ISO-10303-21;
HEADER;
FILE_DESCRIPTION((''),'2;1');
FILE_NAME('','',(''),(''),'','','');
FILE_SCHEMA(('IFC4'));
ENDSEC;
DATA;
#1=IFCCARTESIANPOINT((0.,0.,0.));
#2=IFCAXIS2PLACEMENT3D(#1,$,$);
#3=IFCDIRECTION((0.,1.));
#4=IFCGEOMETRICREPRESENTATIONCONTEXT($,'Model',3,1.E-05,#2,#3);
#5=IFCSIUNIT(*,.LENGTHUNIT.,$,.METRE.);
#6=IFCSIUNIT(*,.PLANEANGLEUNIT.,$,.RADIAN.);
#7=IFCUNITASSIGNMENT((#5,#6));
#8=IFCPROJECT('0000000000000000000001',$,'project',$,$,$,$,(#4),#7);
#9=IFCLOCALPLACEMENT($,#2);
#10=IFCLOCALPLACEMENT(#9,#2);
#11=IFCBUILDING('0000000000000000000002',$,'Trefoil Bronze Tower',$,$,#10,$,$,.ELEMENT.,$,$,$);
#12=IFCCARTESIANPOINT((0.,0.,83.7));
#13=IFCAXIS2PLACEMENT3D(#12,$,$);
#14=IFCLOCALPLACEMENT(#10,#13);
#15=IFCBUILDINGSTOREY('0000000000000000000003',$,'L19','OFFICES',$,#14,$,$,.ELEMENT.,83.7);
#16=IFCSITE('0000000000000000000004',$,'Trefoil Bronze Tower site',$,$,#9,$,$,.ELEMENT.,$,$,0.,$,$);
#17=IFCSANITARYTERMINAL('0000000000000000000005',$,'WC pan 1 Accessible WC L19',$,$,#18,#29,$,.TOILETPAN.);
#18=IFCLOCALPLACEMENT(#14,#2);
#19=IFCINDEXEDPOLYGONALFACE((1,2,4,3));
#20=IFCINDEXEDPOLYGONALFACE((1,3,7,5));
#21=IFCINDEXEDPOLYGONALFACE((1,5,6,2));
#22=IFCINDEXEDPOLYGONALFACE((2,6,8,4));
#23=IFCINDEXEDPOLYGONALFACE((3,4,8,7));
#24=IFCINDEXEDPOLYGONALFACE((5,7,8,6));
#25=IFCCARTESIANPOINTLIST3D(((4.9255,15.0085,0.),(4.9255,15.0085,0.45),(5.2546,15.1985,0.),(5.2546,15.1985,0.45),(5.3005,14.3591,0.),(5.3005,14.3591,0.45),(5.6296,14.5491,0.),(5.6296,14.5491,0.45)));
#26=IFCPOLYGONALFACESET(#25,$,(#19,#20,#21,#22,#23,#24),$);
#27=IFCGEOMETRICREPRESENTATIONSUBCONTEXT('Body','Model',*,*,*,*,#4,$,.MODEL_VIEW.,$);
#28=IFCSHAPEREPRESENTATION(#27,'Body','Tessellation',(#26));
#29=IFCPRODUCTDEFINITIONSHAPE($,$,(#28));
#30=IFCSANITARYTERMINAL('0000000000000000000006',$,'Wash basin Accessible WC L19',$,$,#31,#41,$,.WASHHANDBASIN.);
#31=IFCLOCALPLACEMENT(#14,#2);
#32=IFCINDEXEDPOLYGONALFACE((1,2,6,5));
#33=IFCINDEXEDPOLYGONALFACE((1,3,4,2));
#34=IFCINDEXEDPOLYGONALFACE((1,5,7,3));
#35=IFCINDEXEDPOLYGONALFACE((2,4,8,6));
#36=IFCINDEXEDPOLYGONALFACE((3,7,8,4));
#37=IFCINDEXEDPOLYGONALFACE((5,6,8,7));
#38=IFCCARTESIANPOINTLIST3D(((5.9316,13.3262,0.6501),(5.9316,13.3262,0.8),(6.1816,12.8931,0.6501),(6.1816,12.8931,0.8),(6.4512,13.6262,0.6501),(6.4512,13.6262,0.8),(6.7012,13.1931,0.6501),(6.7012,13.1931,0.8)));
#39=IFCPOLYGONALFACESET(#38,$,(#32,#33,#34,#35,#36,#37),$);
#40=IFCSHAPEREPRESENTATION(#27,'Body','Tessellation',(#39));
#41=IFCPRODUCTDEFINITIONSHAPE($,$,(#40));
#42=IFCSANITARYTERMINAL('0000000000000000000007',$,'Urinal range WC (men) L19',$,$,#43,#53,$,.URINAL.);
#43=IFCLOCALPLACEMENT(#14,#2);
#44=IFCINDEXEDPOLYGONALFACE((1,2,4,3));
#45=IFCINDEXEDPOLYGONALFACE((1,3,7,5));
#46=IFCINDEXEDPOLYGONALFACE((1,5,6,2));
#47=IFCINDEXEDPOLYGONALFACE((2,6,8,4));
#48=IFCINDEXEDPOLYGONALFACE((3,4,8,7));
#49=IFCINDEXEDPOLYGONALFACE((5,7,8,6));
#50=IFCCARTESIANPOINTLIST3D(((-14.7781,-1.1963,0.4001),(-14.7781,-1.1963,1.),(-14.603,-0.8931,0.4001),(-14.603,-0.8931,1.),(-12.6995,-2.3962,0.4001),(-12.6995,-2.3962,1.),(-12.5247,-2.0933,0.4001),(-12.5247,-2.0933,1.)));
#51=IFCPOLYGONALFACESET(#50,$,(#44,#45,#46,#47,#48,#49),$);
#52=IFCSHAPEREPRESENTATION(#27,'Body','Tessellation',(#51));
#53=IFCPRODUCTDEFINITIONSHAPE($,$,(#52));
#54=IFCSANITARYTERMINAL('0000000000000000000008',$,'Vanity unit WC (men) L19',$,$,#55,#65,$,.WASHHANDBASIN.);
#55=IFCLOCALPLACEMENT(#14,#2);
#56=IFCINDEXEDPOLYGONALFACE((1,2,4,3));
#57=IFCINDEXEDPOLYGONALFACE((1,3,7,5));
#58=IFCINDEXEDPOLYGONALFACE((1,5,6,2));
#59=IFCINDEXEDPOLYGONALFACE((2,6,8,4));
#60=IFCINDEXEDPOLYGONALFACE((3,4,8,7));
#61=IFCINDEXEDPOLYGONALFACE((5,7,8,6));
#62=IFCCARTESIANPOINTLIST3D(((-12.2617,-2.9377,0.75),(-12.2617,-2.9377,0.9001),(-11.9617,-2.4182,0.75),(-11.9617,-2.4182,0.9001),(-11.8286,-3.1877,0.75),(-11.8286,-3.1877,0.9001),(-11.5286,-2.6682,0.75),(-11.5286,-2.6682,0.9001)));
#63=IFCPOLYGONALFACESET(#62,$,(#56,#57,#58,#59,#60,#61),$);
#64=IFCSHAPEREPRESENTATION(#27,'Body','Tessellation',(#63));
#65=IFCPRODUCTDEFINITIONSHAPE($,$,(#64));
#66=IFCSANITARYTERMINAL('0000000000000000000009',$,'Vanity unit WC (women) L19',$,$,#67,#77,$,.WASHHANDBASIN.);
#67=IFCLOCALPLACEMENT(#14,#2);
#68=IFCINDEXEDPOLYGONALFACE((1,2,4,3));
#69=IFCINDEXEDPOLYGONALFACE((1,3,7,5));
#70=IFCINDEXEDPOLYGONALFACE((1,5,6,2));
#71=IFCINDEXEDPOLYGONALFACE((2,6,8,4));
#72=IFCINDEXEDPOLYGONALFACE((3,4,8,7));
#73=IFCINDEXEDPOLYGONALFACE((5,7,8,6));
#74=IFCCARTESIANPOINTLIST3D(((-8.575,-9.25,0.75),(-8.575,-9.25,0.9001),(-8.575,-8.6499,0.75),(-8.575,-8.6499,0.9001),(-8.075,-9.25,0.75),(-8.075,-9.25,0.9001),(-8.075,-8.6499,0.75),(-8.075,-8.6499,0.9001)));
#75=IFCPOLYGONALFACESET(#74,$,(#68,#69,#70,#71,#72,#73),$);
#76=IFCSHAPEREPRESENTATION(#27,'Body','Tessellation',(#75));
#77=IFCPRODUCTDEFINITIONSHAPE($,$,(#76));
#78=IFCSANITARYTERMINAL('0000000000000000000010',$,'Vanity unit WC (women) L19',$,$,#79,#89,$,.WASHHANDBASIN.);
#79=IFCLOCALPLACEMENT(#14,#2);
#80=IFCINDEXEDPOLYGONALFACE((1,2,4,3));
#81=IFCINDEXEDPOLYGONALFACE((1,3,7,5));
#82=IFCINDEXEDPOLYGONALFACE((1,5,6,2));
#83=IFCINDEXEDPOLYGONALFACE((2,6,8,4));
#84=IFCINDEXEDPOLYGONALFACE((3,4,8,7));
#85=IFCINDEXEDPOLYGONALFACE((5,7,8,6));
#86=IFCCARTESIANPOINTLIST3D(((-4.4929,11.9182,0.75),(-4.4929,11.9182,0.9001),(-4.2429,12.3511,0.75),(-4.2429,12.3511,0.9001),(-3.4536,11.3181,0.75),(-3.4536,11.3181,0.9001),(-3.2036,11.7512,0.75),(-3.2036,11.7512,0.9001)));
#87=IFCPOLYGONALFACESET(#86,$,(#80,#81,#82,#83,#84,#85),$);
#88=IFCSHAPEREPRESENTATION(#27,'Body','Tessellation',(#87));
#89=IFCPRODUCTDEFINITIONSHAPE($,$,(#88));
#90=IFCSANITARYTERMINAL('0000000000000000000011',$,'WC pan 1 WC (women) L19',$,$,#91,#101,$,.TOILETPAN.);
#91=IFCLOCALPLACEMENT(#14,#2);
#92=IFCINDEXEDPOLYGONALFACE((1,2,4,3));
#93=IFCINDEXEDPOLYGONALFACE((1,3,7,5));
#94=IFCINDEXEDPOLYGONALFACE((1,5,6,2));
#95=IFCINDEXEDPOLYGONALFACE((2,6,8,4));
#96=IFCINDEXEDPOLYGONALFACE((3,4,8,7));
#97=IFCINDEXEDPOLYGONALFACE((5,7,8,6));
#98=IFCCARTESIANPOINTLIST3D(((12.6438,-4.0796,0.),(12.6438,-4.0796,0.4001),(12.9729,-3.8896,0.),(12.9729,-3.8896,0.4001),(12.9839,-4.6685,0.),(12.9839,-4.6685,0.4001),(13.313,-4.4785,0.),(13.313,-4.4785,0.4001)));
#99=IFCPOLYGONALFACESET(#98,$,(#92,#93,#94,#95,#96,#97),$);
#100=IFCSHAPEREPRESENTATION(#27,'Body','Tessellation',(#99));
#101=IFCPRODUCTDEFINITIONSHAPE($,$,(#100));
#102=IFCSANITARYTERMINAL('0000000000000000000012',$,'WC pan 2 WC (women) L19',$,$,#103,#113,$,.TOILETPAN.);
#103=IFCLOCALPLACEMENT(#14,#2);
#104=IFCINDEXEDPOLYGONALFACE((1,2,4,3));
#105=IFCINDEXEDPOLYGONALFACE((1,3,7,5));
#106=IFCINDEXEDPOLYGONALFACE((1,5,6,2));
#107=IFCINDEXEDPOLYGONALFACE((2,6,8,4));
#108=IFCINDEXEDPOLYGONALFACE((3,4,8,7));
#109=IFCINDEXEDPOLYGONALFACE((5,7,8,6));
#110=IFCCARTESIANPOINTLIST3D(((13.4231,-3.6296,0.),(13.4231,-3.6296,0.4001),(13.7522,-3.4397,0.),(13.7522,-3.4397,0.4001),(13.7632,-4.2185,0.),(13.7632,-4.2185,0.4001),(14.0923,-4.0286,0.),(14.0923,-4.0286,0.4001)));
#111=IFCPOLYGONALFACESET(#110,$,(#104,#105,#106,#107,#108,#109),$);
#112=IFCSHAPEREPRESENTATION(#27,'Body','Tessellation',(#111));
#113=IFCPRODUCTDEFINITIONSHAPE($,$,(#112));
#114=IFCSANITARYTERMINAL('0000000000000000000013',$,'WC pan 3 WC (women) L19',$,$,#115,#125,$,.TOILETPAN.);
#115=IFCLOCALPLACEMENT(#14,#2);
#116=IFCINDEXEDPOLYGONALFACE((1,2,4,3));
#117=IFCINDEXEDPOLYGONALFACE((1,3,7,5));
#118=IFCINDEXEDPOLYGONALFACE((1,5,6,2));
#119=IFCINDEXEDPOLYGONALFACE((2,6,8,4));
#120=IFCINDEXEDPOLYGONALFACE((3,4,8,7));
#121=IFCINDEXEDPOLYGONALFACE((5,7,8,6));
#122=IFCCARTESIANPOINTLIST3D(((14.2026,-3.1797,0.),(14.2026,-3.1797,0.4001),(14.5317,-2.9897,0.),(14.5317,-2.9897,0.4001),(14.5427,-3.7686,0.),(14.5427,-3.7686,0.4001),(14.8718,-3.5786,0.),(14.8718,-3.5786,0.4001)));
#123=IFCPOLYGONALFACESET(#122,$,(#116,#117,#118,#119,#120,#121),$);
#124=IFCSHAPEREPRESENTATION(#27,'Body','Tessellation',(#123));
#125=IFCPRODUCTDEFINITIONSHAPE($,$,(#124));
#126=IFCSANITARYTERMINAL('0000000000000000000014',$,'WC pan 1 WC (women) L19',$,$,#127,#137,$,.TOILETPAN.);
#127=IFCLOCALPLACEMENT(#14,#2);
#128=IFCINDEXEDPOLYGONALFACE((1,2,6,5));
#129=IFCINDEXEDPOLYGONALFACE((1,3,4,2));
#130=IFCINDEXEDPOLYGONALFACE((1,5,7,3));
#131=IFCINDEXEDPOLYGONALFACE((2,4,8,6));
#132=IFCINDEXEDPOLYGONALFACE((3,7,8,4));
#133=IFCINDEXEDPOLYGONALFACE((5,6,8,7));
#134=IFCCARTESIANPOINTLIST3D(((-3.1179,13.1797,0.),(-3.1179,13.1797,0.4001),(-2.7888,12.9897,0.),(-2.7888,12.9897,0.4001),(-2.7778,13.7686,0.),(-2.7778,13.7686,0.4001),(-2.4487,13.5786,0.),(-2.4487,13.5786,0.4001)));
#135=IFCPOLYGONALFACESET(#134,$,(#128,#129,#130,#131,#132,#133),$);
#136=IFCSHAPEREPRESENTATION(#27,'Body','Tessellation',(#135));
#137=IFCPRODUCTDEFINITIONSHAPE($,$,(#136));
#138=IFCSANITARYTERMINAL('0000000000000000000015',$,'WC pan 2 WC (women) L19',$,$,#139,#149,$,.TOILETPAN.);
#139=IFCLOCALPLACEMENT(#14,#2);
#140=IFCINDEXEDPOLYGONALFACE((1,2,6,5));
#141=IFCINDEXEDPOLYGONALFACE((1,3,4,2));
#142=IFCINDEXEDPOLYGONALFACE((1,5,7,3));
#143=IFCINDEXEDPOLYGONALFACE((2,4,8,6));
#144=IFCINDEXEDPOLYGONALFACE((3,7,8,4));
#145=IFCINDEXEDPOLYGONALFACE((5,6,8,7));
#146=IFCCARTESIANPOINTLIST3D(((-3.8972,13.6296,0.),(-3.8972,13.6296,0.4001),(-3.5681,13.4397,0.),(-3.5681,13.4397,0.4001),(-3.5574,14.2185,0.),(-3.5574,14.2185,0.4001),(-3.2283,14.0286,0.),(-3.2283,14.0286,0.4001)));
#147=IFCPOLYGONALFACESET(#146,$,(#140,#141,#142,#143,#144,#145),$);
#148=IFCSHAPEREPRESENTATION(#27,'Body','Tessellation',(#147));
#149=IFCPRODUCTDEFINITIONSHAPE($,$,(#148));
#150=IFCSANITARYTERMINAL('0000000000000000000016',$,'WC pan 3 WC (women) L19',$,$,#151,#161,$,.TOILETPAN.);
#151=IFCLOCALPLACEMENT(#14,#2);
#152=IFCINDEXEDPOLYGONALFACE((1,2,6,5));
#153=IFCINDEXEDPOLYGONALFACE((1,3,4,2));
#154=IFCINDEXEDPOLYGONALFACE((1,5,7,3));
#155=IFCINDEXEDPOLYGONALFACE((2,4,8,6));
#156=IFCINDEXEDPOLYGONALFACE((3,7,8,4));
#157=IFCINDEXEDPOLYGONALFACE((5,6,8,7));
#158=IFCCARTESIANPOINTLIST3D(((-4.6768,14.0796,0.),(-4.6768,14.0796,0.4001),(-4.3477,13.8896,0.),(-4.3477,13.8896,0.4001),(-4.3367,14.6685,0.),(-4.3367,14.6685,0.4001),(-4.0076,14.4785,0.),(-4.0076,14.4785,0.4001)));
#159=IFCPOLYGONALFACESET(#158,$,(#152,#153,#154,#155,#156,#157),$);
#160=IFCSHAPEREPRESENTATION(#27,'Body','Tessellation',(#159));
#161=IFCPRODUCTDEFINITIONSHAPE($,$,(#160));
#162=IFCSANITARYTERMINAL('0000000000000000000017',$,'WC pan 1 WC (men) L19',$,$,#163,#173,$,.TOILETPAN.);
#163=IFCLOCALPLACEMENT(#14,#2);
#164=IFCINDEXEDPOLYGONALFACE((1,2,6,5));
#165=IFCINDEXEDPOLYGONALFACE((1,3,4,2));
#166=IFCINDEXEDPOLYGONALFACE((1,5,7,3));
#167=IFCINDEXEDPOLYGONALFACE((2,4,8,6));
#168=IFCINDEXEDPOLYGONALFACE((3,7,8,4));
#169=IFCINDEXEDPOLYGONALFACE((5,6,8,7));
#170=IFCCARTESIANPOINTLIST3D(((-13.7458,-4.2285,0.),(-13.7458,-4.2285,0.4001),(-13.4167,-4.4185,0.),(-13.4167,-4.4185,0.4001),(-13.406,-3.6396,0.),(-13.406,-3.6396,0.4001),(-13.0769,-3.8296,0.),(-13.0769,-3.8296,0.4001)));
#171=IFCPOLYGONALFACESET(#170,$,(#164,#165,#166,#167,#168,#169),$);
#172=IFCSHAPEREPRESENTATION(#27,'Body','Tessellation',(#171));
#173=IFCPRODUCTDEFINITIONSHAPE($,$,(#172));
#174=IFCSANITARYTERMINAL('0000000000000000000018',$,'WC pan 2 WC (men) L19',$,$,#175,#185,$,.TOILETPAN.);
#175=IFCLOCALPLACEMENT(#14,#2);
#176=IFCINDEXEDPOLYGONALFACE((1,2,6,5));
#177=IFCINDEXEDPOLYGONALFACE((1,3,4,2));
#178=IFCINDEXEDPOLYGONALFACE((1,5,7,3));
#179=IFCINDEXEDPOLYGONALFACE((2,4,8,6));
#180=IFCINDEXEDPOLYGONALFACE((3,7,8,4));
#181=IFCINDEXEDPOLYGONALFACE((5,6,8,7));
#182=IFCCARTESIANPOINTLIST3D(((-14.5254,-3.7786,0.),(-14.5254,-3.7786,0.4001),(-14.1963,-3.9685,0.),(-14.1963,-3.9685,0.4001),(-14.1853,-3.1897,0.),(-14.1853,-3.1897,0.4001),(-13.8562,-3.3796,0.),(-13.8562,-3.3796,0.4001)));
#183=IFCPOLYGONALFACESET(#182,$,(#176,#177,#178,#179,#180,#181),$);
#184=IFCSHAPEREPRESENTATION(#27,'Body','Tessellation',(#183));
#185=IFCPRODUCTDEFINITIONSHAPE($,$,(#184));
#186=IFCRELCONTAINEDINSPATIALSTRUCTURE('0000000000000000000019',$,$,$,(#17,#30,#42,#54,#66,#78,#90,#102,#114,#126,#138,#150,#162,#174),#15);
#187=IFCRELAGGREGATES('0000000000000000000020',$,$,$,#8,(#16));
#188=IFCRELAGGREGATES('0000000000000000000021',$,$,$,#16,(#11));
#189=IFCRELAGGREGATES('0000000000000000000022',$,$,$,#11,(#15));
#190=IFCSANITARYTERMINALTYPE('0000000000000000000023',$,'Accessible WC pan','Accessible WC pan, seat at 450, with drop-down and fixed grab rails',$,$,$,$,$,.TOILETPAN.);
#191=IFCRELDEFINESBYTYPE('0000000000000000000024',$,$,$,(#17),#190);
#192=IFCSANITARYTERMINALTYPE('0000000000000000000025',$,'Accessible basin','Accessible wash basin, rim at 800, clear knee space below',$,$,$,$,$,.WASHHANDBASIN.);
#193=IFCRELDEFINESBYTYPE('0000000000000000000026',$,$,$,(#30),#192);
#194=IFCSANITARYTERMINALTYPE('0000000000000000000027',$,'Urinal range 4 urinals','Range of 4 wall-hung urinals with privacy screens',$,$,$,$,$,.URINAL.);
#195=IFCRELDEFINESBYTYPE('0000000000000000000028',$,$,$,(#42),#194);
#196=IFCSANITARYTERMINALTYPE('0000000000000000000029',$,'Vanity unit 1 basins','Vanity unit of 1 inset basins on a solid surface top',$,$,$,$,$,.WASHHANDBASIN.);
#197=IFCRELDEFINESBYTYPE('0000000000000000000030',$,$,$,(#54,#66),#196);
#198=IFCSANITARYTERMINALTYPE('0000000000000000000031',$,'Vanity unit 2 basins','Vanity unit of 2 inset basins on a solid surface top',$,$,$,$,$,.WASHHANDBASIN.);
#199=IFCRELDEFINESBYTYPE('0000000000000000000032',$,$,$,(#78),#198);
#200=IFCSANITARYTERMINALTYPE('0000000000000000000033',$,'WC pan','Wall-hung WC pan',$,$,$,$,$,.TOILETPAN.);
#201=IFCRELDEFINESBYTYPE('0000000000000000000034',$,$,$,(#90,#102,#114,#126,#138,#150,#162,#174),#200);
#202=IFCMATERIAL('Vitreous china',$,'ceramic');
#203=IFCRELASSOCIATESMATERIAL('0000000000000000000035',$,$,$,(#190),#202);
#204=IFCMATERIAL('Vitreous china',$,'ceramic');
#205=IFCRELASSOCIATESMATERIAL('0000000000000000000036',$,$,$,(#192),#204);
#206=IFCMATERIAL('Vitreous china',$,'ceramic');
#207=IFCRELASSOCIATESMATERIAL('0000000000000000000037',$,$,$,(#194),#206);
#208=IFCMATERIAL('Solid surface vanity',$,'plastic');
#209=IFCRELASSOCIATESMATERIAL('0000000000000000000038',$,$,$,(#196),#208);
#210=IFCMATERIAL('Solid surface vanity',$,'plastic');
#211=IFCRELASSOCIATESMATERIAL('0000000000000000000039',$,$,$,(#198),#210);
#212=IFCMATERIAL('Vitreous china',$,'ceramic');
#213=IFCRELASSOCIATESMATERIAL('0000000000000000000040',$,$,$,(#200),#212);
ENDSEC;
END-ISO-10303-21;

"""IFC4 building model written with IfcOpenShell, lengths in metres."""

from ifc_helpers import new_model, si_unit, direction, frame, origin, place, context, subcontext, project, spatial, polyline, outline, extrude, material, type_object, element, save


model = new_model("IFC4")

# Units and contexts
model_context = context("Model", 3, precision=1e-05, world=origin(), true_north=direction((0.0, 1.0)))
body_context = subcontext(model_context, "Body", "Model", "MODEL_VIEW")
ifc_project = project(units=[si_unit("LENGTHUNIT", "METRE"), si_unit("PLANEANGLEUNIT", "RADIAN")], contexts=[model_context])

# Site, building, storey
site_placement = place(None, origin())
site = spatial("IfcSite", under=ifc_project, at=site_placement, Name="Trefoil Bronze Tower site", CompositionType="ELEMENT", RefElevation=0.0)
building_placement = place(site_placement, origin())
building = spatial("IfcBuilding", under=site, at=building_placement, Name="Trefoil Bronze Tower", CompositionType="ELEMENT")
storey_placement = place(building_placement, frame((0.0, 0.0, 83.7)))
storey = spatial("IfcBuildingStorey", under=building, at=storey_placement, Name="L19", Description="OFFICES", CompositionType="ELEMENT", Elevation=83.7)

# Sanitary terminals
ifc_material_1 = material(Name="Vitreous china", Category="ceramic")
sanitary_terminal_type_1 = type_object("IfcSanitaryTerminalType", Name="Accessible WC pan", Description="Accessible WC pan, seat at 450, with drop-down and fixed grab rails", PredefinedType="TOILETPAN", material=ifc_material_1)
sanitary_terminal_1_placement = place(storey_placement, origin())
element("IfcSanitaryTerminal", 1, at=sanitary_terminal_1_placement, inside=storey, type_object=sanitary_terminal_type_1, Name="WC pan 1 Accessible WC L19", PredefinedType="TOILETPAN", context=body_context, shape_type="SweptSolid", body=[
    extrude(outline(polyline([(5.3005, 14.3591), (4.9255, 15.0085), (5.2546, 15.1985), (5.6296, 14.5491), (5.3005, 14.3591)])), origin(), (0.0, 0.0, 1.0), 0.45),
])
ifc_material_2 = material(Name="Vitreous china", Category="ceramic")
sanitary_terminal_type_2 = type_object("IfcSanitaryTerminalType", Name="Accessible basin", Description="Accessible wash basin, rim at 800, clear knee space below", PredefinedType="WASHHANDBASIN", material=ifc_material_2)
sanitary_terminal_2_placement = place(storey_placement, frame((0.0, 0.0, 0.6501)))
element("IfcSanitaryTerminal", 2, at=sanitary_terminal_2_placement, inside=storey, type_object=sanitary_terminal_type_2, Name="Wash basin Accessible WC L19", PredefinedType="WASHHANDBASIN", context=body_context, shape_type="SweptSolid", body=[
    extrude(outline(polyline([(6.1816, 12.8931), (5.9316, 13.3262), (6.4512, 13.6262), (6.7012, 13.1931), (6.1816, 12.8931)])), origin(), (0.0, 0.0, 1.0), 0.1499),
])
ifc_material_3 = material(Name="Vitreous china", Category="ceramic")
sanitary_terminal_type_3 = type_object("IfcSanitaryTerminalType", Name="Urinal range 4 urinals", Description="Range of 4 wall-hung urinals with privacy screens", PredefinedType="URINAL", material=ifc_material_3)
sanitary_terminal_3_placement = place(storey_placement, frame((0.0, 0.0, 0.4001)))
element("IfcSanitaryTerminal", 3, at=sanitary_terminal_3_placement, inside=storey, type_object=sanitary_terminal_type_3, Name="Urinal range WC (men) L19", PredefinedType="URINAL", context=body_context, shape_type="SweptSolid", body=[
    extrude(outline(polyline([(-12.5247, -2.0933), (-12.6995, -2.3962), (-14.7781, -1.1963), (-14.603, -0.8931), (-12.5247, -2.0933)])), origin(), (0.0, 0.0, 1.0), 0.5999),
])
ifc_material_4 = material(Name="Solid surface vanity", Category="plastic")
sanitary_terminal_type_4 = type_object("IfcSanitaryTerminalType", Name="Vanity unit 1 basins", Description="Vanity unit of 1 inset basins on a solid surface top", PredefinedType="WASHHANDBASIN", material=ifc_material_4)
sanitary_terminal_4_placement = place(storey_placement, frame((0.0, 0.0, 0.75)))
element("IfcSanitaryTerminal", 4, at=sanitary_terminal_4_placement, inside=storey, type_object=sanitary_terminal_type_4, Name="Vanity unit WC (men) L19", PredefinedType="WASHHANDBASIN", context=body_context, shape_type="SweptSolid", body=[
    extrude(outline(polyline([(-11.5286, -2.6682), (-11.8286, -3.1877), (-12.2617, -2.9377), (-11.9617, -2.4182), (-11.5286, -2.6682)])), origin(), (0.0, 0.0, 1.0), 0.1501),
])
sanitary_terminal_5_placement = place(storey_placement, frame((0.0, 0.0, 0.75)))
element("IfcSanitaryTerminal", 5, at=sanitary_terminal_5_placement, inside=storey, type_object=sanitary_terminal_type_4, Name="Vanity unit WC (women) L19", PredefinedType="WASHHANDBASIN", context=body_context, shape_type="SweptSolid", body=[
    extrude(outline(polyline([(-8.075, -8.6499), (-8.575, -8.6499), (-8.575, -9.25), (-8.075, -9.25), (-8.075, -8.6499)])), origin(), (0.0, 0.0, 1.0), 0.1501),
])
ifc_material_5 = material(Name="Solid surface vanity", Category="plastic")
sanitary_terminal_type_5 = type_object("IfcSanitaryTerminalType", Name="Vanity unit 2 basins", Description="Vanity unit of 2 inset basins on a solid surface top", PredefinedType="WASHHANDBASIN", material=ifc_material_5)
sanitary_terminal_6_placement = place(storey_placement, frame((0.0, 0.0, 0.75)))
element("IfcSanitaryTerminal", 6, at=sanitary_terminal_6_placement, inside=storey, type_object=sanitary_terminal_type_5, Name="Vanity unit WC (women) L19", PredefinedType="WASHHANDBASIN", context=body_context, shape_type="SweptSolid", body=[
    extrude(outline(polyline([(-3.4536, 11.3181), (-3.2036, 11.7512), (-4.2429, 12.3511), (-4.4929, 11.9182), (-3.4536, 11.3181)])), origin(), (0.0, 0.0, 1.0), 0.1501),
])
ifc_material_6 = material(Name="Vitreous china", Category="ceramic")
sanitary_terminal_type_6 = type_object("IfcSanitaryTerminalType", Name="WC pan", Description="Wall-hung WC pan", PredefinedType="TOILETPAN", material=ifc_material_6)
sanitary_terminal_7_placement = place(storey_placement, origin())
element("IfcSanitaryTerminal", 7, at=sanitary_terminal_7_placement, inside=storey, type_object=sanitary_terminal_type_6, Name="WC pan 1 WC (women) L19", PredefinedType="TOILETPAN", context=body_context, shape_type="SweptSolid", body=[
    extrude(outline(polyline([(12.6438, -4.0796), (12.9839, -4.6685), (13.313, -4.4785), (12.9729, -3.8896), (12.6438, -4.0796)])), origin(), (0.0, 0.0, 1.0), 0.4001),
])
sanitary_terminal_8_placement = place(storey_placement, origin())
element("IfcSanitaryTerminal", 8, at=sanitary_terminal_8_placement, inside=storey, type_object=sanitary_terminal_type_6, Name="WC pan 2 WC (women) L19", PredefinedType="TOILETPAN", context=body_context, shape_type="SweptSolid", body=[
    extrude(outline(polyline([(13.4231, -3.6296), (13.7632, -4.2185), (14.0923, -4.0286), (13.7522, -3.4397), (13.4231, -3.6296)])), origin(), (0.0, 0.0, 1.0), 0.4001),
])
sanitary_terminal_9_placement = place(storey_placement, origin())
element("IfcSanitaryTerminal", 9, at=sanitary_terminal_9_placement, inside=storey, type_object=sanitary_terminal_type_6, Name="WC pan 3 WC (women) L19", PredefinedType="TOILETPAN", context=body_context, shape_type="SweptSolid", body=[
    extrude(outline(polyline([(14.2026, -3.1797), (14.5427, -3.7686), (14.8718, -3.5786), (14.5317, -2.9897), (14.2026, -3.1797)])), origin(), (0.0, 0.0, 1.0), 0.4001),
])
sanitary_terminal_10_placement = place(storey_placement, origin())
element("IfcSanitaryTerminal", 10, at=sanitary_terminal_10_placement, inside=storey, type_object=sanitary_terminal_type_6, Name="WC pan 1 WC (women) L19", PredefinedType="TOILETPAN", context=body_context, shape_type="SweptSolid", body=[
    extrude(outline(polyline([(-2.7888, 12.9897), (-2.4487, 13.5786), (-2.7778, 13.7686), (-3.1179, 13.1797), (-2.7888, 12.9897)])), origin(), (0.0, 0.0, 1.0), 0.4001),
])
sanitary_terminal_11_placement = place(storey_placement, origin())
element("IfcSanitaryTerminal", 11, at=sanitary_terminal_11_placement, inside=storey, type_object=sanitary_terminal_type_6, Name="WC pan 2 WC (women) L19", PredefinedType="TOILETPAN", context=body_context, shape_type="SweptSolid", body=[
    extrude(outline(polyline([(-3.5681, 13.4397), (-3.2283, 14.0286), (-3.5574, 14.2185), (-3.8972, 13.6296), (-3.5681, 13.4397)])), origin(), (0.0, 0.0, 1.0), 0.4001),
])
sanitary_terminal_12_placement = place(storey_placement, origin())
element("IfcSanitaryTerminal", 12, at=sanitary_terminal_12_placement, inside=storey, type_object=sanitary_terminal_type_6, Name="WC pan 3 WC (women) L19", PredefinedType="TOILETPAN", context=body_context, shape_type="SweptSolid", body=[
    extrude(outline(polyline([(-4.3477, 13.8896), (-4.0076, 14.4785), (-4.3367, 14.6685), (-4.6768, 14.0796), (-4.3477, 13.8896)])), origin(), (0.0, 0.0, 1.0), 0.4001),
])
sanitary_terminal_13_placement = place(storey_placement, origin())
element("IfcSanitaryTerminal", 13, at=sanitary_terminal_13_placement, inside=storey, type_object=sanitary_terminal_type_6, Name="WC pan 1 WC (men) L19", PredefinedType="TOILETPAN", context=body_context, shape_type="SweptSolid", body=[
    extrude(outline(polyline([(-13.0769, -3.8296), (-13.4167, -4.4185), (-13.7458, -4.2285), (-13.406, -3.6396), (-13.0769, -3.8296)])), origin(), (0.0, 0.0, 1.0), 0.4001),
])
sanitary_terminal_14_placement = place(storey_placement, origin())
element("IfcSanitaryTerminal", 14, at=sanitary_terminal_14_placement, inside=storey, type_object=sanitary_terminal_type_6, Name="WC pan 2 WC (men) L19", PredefinedType="TOILETPAN", context=body_context, shape_type="SweptSolid", body=[
    extrude(outline(polyline([(-13.8562, -3.3796), (-14.1963, -3.9685), (-14.5254, -3.7786), (-14.1853, -3.1897), (-13.8562, -3.3796)])), origin(), (0.0, 0.0, 1.0), 0.4001),
])

save(model, "model.ifc")
